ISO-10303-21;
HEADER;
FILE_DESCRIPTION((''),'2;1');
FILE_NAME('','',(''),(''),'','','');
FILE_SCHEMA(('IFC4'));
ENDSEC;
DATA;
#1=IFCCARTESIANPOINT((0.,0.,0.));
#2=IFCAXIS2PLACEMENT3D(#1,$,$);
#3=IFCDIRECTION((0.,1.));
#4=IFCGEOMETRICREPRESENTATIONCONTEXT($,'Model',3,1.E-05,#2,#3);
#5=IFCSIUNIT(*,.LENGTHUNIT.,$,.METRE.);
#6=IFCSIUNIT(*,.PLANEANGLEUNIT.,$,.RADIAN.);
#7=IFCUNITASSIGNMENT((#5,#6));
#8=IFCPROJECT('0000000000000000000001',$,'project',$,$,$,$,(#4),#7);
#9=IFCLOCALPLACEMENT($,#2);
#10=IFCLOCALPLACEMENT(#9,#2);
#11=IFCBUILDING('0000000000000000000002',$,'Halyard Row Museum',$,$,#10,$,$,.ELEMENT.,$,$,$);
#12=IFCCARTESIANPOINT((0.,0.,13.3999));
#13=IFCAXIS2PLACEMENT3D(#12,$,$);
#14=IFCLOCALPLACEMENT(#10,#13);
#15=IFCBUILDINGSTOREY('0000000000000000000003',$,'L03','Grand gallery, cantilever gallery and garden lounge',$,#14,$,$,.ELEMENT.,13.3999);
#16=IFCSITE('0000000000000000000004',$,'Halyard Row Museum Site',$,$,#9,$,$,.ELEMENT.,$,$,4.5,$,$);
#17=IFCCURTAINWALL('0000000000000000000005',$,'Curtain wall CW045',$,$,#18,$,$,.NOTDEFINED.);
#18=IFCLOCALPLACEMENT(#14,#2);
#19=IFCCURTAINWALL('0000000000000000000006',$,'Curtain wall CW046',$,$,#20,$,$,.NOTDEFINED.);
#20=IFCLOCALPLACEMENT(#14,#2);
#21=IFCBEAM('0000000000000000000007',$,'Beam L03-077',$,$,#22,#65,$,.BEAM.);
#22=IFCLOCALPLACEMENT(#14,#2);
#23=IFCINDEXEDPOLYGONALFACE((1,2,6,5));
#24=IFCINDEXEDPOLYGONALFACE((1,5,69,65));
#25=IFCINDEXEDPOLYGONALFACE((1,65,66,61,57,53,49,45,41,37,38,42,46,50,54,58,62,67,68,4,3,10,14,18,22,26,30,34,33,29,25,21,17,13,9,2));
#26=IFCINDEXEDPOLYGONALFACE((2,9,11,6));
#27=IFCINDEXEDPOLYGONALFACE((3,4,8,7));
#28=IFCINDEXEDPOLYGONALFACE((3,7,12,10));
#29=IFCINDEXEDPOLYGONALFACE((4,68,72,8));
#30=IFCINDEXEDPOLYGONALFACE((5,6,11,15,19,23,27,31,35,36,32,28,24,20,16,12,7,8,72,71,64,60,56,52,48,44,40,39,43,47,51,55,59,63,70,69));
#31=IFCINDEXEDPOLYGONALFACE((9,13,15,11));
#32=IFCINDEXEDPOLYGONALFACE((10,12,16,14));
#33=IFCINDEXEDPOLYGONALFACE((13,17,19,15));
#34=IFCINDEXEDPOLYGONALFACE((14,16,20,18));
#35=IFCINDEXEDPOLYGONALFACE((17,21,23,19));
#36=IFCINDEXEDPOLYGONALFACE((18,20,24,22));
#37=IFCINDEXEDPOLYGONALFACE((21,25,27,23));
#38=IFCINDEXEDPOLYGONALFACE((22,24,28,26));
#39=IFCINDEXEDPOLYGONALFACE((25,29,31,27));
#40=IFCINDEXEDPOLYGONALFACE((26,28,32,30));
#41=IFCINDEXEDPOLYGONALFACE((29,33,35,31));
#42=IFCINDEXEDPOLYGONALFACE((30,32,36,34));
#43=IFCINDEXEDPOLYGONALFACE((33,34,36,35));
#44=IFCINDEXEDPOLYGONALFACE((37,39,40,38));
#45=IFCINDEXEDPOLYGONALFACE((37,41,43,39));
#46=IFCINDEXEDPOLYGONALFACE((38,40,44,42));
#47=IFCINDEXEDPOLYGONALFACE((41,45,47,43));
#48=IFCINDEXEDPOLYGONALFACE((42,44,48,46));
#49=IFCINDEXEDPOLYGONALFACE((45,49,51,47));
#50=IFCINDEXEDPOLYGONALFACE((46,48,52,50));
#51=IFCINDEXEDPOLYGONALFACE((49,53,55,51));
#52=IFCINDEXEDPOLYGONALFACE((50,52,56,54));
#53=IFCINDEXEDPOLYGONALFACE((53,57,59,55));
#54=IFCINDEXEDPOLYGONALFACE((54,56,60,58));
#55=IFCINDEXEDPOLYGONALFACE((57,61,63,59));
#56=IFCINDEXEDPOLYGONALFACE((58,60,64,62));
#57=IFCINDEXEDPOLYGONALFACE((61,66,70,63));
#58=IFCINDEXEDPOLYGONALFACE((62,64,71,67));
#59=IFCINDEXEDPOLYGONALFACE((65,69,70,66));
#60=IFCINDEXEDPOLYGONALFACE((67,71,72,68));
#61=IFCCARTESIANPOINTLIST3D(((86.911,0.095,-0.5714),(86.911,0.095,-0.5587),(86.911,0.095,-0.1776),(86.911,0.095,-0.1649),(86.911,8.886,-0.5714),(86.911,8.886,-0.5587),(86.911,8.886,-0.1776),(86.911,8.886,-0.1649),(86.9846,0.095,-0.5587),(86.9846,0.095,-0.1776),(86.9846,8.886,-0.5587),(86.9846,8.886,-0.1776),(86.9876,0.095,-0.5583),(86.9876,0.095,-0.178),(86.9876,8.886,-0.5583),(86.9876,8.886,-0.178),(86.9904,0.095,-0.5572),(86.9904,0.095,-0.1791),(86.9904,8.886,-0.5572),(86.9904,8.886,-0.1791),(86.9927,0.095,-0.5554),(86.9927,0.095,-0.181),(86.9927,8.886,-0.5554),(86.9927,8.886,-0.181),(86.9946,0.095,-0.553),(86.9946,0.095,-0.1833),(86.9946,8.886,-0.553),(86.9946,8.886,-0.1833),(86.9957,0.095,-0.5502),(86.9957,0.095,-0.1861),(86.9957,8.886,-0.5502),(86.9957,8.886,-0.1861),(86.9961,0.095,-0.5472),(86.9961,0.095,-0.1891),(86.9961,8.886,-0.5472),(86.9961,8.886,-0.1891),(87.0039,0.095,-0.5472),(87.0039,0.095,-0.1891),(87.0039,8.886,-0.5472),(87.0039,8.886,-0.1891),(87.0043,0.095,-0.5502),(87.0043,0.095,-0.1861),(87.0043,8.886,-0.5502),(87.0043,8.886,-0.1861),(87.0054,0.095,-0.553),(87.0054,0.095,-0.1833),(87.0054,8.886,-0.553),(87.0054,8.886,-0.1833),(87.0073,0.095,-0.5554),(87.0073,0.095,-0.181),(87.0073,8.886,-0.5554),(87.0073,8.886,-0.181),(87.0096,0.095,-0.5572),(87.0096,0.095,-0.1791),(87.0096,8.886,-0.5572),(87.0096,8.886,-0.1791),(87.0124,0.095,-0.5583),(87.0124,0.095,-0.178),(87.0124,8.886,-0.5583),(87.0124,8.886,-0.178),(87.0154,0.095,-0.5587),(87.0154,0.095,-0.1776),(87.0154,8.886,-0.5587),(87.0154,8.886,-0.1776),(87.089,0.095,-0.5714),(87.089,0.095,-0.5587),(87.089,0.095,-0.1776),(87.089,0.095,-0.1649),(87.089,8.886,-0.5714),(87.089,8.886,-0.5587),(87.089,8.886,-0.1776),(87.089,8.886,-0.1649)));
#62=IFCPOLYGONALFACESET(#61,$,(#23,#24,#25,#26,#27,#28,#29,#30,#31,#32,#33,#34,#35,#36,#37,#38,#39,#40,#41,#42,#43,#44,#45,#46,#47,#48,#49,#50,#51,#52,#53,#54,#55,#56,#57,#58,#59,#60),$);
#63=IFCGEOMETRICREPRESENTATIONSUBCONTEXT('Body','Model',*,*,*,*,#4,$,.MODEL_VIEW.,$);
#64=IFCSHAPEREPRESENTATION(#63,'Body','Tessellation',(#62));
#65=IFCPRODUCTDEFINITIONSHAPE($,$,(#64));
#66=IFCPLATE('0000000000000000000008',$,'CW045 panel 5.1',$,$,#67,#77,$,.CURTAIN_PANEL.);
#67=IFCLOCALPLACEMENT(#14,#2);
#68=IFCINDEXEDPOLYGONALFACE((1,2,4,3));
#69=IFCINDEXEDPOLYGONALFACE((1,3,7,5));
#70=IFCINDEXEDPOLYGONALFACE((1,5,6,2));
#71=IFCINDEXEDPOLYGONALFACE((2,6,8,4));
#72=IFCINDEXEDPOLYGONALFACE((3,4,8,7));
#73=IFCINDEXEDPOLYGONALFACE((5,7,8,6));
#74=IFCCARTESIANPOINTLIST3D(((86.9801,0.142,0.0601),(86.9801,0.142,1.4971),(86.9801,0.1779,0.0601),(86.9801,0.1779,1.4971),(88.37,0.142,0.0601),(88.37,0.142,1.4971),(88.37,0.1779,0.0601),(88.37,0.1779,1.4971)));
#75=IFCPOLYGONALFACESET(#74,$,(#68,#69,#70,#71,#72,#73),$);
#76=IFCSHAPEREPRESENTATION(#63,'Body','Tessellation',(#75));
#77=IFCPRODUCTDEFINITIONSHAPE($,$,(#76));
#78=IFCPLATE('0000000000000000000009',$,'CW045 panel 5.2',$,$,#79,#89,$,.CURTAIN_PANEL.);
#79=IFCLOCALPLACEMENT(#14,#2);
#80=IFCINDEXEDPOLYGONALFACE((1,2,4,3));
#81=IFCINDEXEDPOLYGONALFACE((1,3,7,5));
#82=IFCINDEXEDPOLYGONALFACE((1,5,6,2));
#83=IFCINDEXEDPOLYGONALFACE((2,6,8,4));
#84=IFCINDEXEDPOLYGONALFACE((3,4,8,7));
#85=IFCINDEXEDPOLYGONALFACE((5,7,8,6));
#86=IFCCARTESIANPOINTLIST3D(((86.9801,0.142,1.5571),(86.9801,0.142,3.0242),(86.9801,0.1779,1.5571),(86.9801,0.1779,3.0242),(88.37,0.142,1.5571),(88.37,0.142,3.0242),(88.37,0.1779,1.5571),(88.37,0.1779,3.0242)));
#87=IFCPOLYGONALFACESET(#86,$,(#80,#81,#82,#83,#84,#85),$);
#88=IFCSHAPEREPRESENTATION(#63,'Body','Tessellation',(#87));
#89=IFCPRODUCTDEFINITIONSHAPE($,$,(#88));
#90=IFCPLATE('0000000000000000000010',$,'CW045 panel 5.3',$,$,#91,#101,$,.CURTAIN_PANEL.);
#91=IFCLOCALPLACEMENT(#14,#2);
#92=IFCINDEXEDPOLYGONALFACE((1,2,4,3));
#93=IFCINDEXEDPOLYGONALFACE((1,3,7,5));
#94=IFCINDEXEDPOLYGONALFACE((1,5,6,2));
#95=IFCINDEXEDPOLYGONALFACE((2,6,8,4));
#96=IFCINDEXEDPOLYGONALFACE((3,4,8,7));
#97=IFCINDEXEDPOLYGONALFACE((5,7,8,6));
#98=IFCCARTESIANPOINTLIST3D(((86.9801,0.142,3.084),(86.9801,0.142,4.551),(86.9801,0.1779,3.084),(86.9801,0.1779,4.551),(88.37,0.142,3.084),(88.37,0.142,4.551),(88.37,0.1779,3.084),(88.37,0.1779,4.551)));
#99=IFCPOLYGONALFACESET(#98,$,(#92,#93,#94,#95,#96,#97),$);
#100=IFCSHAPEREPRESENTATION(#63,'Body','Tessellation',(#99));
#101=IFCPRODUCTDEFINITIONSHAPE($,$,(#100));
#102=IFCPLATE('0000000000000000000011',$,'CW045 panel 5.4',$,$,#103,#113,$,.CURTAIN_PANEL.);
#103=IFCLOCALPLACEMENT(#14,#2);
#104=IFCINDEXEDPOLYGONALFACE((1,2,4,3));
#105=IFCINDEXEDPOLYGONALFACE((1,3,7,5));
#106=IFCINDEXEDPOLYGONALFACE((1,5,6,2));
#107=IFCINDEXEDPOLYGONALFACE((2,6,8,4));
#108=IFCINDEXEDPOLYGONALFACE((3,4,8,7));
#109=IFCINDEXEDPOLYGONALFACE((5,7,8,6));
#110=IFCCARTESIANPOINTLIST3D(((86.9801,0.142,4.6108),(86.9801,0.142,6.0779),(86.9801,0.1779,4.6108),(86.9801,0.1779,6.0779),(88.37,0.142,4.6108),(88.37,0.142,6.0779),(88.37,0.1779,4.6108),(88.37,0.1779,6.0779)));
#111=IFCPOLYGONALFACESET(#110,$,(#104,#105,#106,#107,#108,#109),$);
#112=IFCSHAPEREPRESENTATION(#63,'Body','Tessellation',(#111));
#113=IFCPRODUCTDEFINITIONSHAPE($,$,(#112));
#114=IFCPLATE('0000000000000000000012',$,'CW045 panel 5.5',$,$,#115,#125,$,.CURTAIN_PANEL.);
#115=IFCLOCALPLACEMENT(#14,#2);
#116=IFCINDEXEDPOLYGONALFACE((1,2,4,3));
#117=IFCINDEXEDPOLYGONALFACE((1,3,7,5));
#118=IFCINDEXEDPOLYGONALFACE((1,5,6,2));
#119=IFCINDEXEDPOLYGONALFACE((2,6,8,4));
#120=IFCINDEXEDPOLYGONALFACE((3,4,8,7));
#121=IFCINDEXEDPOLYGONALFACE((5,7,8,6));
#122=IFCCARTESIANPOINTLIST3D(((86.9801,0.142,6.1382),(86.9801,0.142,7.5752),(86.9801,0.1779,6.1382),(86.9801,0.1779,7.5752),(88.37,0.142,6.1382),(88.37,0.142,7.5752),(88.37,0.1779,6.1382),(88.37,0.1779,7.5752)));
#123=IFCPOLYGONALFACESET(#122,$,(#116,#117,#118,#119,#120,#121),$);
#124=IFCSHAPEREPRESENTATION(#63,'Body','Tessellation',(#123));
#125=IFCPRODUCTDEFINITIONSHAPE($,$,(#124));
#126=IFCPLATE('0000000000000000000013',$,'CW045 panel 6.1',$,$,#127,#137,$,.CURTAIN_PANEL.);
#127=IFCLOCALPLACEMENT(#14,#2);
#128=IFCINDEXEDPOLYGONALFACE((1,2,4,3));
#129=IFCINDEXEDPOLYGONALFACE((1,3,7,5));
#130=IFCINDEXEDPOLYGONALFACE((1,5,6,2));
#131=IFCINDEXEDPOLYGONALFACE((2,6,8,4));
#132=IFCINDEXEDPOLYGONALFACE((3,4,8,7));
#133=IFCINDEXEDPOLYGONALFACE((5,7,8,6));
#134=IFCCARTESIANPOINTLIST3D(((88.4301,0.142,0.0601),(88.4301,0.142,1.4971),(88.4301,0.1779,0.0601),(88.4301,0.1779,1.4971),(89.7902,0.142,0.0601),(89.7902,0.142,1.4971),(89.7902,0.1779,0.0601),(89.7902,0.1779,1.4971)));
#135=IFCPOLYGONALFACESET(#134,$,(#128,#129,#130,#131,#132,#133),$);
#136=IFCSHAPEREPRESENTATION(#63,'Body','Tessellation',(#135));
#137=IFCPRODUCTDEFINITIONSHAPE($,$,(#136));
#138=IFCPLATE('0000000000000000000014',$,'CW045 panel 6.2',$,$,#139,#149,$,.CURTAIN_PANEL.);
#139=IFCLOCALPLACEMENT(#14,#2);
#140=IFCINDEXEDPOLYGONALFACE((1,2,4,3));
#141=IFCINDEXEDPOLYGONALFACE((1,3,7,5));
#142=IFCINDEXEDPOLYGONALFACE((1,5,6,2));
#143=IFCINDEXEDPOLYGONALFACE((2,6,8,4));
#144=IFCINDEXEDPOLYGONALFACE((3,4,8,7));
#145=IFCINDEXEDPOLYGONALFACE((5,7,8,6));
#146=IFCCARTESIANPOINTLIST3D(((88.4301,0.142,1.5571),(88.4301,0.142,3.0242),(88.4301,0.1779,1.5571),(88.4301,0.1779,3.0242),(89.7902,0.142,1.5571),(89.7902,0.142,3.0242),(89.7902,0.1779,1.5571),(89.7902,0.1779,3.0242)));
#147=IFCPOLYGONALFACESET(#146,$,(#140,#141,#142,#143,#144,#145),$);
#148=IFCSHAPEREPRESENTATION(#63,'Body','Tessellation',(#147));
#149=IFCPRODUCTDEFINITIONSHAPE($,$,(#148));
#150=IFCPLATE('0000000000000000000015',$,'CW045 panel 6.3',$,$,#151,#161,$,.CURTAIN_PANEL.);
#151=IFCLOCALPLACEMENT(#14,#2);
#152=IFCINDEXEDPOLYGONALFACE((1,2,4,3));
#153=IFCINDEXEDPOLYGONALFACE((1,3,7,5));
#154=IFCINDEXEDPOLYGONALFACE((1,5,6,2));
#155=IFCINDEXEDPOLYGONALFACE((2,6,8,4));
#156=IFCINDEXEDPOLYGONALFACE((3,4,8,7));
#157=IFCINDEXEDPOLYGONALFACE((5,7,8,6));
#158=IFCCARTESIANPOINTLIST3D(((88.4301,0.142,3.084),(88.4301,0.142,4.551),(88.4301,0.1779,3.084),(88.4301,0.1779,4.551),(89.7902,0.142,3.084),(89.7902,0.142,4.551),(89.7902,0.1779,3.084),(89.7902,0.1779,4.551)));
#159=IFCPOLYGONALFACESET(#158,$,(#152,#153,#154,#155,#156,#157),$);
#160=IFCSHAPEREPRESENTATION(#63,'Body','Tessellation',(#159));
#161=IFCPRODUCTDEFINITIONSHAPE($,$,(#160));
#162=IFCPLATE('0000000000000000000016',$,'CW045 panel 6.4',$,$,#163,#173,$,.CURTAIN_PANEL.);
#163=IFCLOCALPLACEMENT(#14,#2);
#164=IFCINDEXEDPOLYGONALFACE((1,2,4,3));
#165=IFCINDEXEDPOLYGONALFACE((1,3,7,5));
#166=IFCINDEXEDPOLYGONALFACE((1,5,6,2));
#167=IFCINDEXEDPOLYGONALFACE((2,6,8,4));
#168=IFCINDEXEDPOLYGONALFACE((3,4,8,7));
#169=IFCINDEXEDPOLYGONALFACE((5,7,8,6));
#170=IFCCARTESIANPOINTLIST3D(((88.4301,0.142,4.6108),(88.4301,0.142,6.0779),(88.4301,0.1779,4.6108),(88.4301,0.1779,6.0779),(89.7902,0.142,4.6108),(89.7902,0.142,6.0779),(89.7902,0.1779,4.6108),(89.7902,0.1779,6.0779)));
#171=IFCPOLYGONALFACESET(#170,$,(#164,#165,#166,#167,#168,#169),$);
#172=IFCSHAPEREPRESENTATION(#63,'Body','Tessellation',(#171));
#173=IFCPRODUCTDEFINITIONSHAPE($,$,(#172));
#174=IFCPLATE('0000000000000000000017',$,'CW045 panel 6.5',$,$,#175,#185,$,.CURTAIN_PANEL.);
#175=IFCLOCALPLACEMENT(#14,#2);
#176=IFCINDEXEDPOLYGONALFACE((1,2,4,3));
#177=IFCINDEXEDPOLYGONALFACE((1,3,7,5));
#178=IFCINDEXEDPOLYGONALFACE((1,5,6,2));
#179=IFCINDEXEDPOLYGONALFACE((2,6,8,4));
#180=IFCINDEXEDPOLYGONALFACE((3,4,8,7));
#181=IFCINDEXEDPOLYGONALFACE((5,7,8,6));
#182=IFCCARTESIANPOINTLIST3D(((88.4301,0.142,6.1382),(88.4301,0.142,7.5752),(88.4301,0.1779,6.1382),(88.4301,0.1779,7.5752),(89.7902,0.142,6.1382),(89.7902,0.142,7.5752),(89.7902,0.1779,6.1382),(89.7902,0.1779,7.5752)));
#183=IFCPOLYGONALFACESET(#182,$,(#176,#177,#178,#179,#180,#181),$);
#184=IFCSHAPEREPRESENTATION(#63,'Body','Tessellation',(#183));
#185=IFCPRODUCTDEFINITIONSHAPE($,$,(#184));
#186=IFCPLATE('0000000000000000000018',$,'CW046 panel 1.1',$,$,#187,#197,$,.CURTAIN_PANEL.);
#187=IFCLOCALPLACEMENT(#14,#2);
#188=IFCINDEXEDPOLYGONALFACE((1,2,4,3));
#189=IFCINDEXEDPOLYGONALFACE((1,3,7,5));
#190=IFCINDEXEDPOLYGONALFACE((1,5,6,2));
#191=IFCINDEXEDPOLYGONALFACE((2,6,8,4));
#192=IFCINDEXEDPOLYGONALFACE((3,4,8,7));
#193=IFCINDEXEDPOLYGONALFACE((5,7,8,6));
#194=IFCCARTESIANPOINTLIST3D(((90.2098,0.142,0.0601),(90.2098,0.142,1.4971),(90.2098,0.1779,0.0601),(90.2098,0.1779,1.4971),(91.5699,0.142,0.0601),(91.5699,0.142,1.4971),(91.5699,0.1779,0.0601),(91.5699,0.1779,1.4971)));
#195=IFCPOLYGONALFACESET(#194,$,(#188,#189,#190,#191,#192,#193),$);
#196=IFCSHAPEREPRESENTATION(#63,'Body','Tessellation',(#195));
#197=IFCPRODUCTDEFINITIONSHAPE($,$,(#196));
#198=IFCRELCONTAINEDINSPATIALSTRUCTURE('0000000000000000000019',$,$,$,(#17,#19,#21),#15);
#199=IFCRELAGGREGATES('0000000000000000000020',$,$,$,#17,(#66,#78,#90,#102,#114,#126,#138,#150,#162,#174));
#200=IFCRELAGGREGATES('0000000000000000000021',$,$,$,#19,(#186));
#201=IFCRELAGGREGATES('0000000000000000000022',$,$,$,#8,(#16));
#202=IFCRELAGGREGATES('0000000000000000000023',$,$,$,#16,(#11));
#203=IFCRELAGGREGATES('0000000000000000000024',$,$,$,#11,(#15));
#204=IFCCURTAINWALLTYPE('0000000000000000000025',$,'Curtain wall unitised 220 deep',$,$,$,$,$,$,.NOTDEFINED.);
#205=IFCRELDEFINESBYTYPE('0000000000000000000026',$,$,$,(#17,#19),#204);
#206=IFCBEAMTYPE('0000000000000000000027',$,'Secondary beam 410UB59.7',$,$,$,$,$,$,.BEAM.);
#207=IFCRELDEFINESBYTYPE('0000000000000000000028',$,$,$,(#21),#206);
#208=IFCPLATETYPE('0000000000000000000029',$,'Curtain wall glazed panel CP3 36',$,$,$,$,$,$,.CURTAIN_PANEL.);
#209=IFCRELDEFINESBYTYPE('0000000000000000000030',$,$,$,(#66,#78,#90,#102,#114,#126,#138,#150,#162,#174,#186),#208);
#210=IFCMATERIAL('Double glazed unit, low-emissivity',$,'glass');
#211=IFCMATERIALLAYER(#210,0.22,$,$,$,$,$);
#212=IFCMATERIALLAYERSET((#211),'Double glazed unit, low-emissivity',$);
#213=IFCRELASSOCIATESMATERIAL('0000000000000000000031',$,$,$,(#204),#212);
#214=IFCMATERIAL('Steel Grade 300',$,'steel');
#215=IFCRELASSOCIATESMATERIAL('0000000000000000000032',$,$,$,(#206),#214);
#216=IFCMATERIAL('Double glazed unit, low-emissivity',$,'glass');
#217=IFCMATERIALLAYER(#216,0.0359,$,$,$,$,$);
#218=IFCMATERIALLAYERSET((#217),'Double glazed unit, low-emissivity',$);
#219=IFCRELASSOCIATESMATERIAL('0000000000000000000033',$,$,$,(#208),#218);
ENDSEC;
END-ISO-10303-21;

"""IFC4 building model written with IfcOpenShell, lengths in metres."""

from ifc_helpers import new_model, si_unit, direction, frame, origin, origin_2d, place, context, subcontext, project, spatial, rectangle, i_section, extrude, material, layer, layer_set, material_profile, profile_set, type_object, element, aggregate, save


model = new_model("IFC4")

# Units and contexts
model_context = context("Model", 3, precision=1e-05, world=origin(), true_north=direction((0.0, 1.0)))
body_context = subcontext(model_context, "Body", "Model", "MODEL_VIEW")
ifc_project = project(units=[si_unit("LENGTHUNIT", "METRE"), si_unit("PLANEANGLEUNIT", "RADIAN")], contexts=[model_context])

# Site, building, storey
site_placement = place(None, origin())
site = spatial("IfcSite", under=ifc_project, at=site_placement, Name="Halyard Row Museum Site", CompositionType="ELEMENT", RefElevation=4.5)
building_placement = place(site_placement, origin())
building = spatial("IfcBuilding", under=site, at=building_placement, Name="Halyard Row Museum", CompositionType="ELEMENT")
storey_placement = place(building_placement, frame((0.0, 0.0, 13.3999)))
storey = spatial("IfcBuildingStorey", under=building, at=storey_placement, Name="L03", Description="Grand gallery, cantilever gallery and garden lounge", CompositionType="ELEMENT", Elevation=13.3999)

# Curtain wall
ifc_material_1 = material(Name="Double glazed unit, low-emissivity", Category="glass")
ifc_layer_1 = layer(ifc_material_1, 0.22)
ifc_layer_set_1 = layer_set([ifc_layer_1], Name="Double glazed unit, low-emissivity")
curtain_wall_type = type_object("IfcCurtainWallType", Name="Curtain wall unitised 220 deep", PredefinedType="NOTDEFINED", material=ifc_layer_set_1)
curtain_wall_1_placement = place(storey_placement, origin())
curtain_wall_1 = element("IfcCurtainWall", 1, at=curtain_wall_1_placement, inside=storey, type_object=curtain_wall_type, Name="Curtain wall CW045", PredefinedType="NOTDEFINED")

# Curtain wall
curtain_wall_2_placement = place(storey_placement, origin())
curtain_wall_2 = element("IfcCurtainWall", 2, at=curtain_wall_2_placement, inside=storey, type_object=curtain_wall_type, Name="Curtain wall CW046", PredefinedType="NOTDEFINED")

# Beam
ifc_material_2 = material(Name="Steel Grade 300", Category="steel")
ifc_material_profile_1 = material_profile(ifc_material_2, i_section(OverallWidth=0.178, OverallDepth=0.4065, WebThickness=0.0078, FlangeThickness=0.0127, FilletRadius=0.0115, at=origin_2d()), Name="410UB59.7")
ifc_profile_set_1 = profile_set([ifc_material_profile_1], Name="Steel Grade 300")
beam_type_1 = type_object("IfcBeamType", Name="Secondary beam 410UB59.7", PredefinedType="BEAM", material=ifc_profile_set_1)
beam_1_placement = place(storey_placement, frame((87.0, 0.095, -0.3682), z_axis=(0.0, 1.0, 0.0), x_axis=(-1.0, 0.0, 0.0)))
element("IfcBeam", 3, at=beam_1_placement, inside=storey, type_object=beam_type_1, Name="Beam L03-077", PredefinedType="BEAM", context=body_context, shape_type="SweptSolid", body=[
    extrude(i_section(OverallWidth=0.178, OverallDepth=0.4065, WebThickness=0.0078, FlangeThickness=0.0127, FilletRadius=0.0115, at=origin_2d()), origin(), (0.0, 0.0, 1.0), 8.791),
])

# Plates
ifc_material_3 = material(Name="Double glazed unit, low-emissivity", Category="glass")
ifc_layer_2 = layer(ifc_material_3, 0.0359)
ifc_layer_set_2 = layer_set([ifc_layer_2], Name="Double glazed unit, low-emissivity")
plate_type = type_object("IfcPlateType", Name="Curtain wall glazed panel CP3 36", PredefinedType="CURTAIN_PANEL", material=ifc_layer_set_2)
plate_1_placement = place(storey_placement, frame((87.675, 0.1599, 0.0601), z_axis=(0.0, 0.0, 1.0), x_axis=(1.0, 0.0, 0.0)))
plate_1 = element("IfcPlate", 4, at=plate_1_placement, type_object=plate_type, Name="CW045 panel 5.1", PredefinedType="CURTAIN_PANEL", context=body_context, shape_type="SweptSolid", body=[
    extrude(rectangle(XDim=1.3899, YDim=0.0359, at=origin_2d()), origin(), (0.0, 0.0, 1.0), 1.437),
])
plate_2_placement = place(storey_placement, frame((87.675, 0.1599, 1.5571), z_axis=(0.0, 0.0, 1.0), x_axis=(1.0, 0.0, 0.0)))
plate_2 = element("IfcPlate", 5, at=plate_2_placement, type_object=plate_type, Name="CW045 panel 5.2", PredefinedType="CURTAIN_PANEL", context=body_context, shape_type="SweptSolid", body=[
    extrude(rectangle(XDim=1.3899, YDim=0.0359, at=origin_2d()), origin(), (0.0, 0.0, 1.0), 1.467),
])
plate_3_placement = place(storey_placement, frame((87.675, 0.1599, 3.084), z_axis=(0.0, 0.0, 1.0), x_axis=(1.0, 0.0, 0.0)))
plate_3 = element("IfcPlate", 6, at=plate_3_placement, type_object=plate_type, Name="CW045 panel 5.3", PredefinedType="CURTAIN_PANEL", context=body_context, shape_type="SweptSolid", body=[
    extrude(rectangle(XDim=1.3899, YDim=0.0359, at=origin_2d()), origin(), (0.0, 0.0, 1.0), 1.467),
])
plate_4_placement = place(storey_placement, frame((87.675, 0.1599, 4.6108), z_axis=(0.0, 0.0, 1.0), x_axis=(1.0, 0.0, 0.0)))
plate_4 = element("IfcPlate", 7, at=plate_4_placement, type_object=plate_type, Name="CW045 panel 5.4", PredefinedType="CURTAIN_PANEL", context=body_context, shape_type="SweptSolid", body=[
    extrude(rectangle(XDim=1.3899, YDim=0.0359, at=origin_2d()), origin(), (0.0, 0.0, 1.0), 1.467),
])
plate_5_placement = place(storey_placement, frame((87.675, 0.1599, 6.1382), z_axis=(0.0, 0.0, 1.0), x_axis=(1.0, 0.0, 0.0)))
plate_5 = element("IfcPlate", 8, at=plate_5_placement, type_object=plate_type, Name="CW045 panel 5.5", PredefinedType="CURTAIN_PANEL", context=body_context, shape_type="SweptSolid", body=[
    extrude(rectangle(XDim=1.3899, YDim=0.0359, at=origin_2d()), origin(), (0.0, 0.0, 1.0), 1.437),
])
plate_6_placement = place(storey_placement, frame((89.1101, 0.1599, 0.0601), z_axis=(0.0, 0.0, 1.0), x_axis=(1.0, 0.0, 0.0)))
plate_6 = element("IfcPlate", 9, at=plate_6_placement, type_object=plate_type, Name="CW045 panel 6.1", PredefinedType="CURTAIN_PANEL", context=body_context, shape_type="SweptSolid", body=[
    extrude(rectangle(XDim=1.3601, YDim=0.0359, at=origin_2d()), origin(), (0.0, 0.0, 1.0), 1.437),
])
plate_7_placement = place(storey_placement, frame((89.1101, 0.1599, 1.5571), z_axis=(0.0, 0.0, 1.0), x_axis=(1.0, 0.0, 0.0)))
plate_7 = element("IfcPlate", 10, at=plate_7_placement, type_object=plate_type, Name="CW045 panel 6.2", PredefinedType="CURTAIN_PANEL", context=body_context, shape_type="SweptSolid", body=[
    extrude(rectangle(XDim=1.3601, YDim=0.0359, at=origin_2d()), origin(), (0.0, 0.0, 1.0), 1.467),
])
plate_8_placement = place(storey_placement, frame((89.1101, 0.1599, 3.084), z_axis=(0.0, 0.0, 1.0), x_axis=(1.0, 0.0, 0.0)))
plate_8 = element("IfcPlate", 11, at=plate_8_placement, type_object=plate_type, Name="CW045 panel 6.3", PredefinedType="CURTAIN_PANEL", context=body_context, shape_type="SweptSolid", body=[
    extrude(rectangle(XDim=1.3601, YDim=0.0359, at=origin_2d()), origin(), (0.0, 0.0, 1.0), 1.467),
])
plate_9_placement = place(storey_placement, frame((89.1101, 0.1599, 4.6108), z_axis=(0.0, 0.0, 1.0), x_axis=(1.0, 0.0, 0.0)))
plate_9 = element("IfcPlate", 12, at=plate_9_placement, type_object=plate_type, Name="CW045 panel 6.4", PredefinedType="CURTAIN_PANEL", context=body_context, shape_type="SweptSolid", body=[
    extrude(rectangle(XDim=1.3601, YDim=0.0359, at=origin_2d()), origin(), (0.0, 0.0, 1.0), 1.467),
])
plate_10_placement = place(storey_placement, frame((89.1101, 0.1599, 6.1382), z_axis=(0.0, 0.0, 1.0), x_axis=(1.0, 0.0, 0.0)))
plate_10 = element("IfcPlate", 13, at=plate_10_placement, type_object=plate_type, Name="CW045 panel 6.5", PredefinedType="CURTAIN_PANEL", context=body_context, shape_type="SweptSolid", body=[
    extrude(rectangle(XDim=1.3601, YDim=0.0359, at=origin_2d()), origin(), (0.0, 0.0, 1.0), 1.437),
])
aggregate(curtain_wall_1, [plate_1, plate_2, plate_3, plate_4, plate_5, plate_6, plate_7, plate_8, plate_9, plate_10])
plate_11_placement = place(storey_placement, frame((90.8899, 0.1599, 0.0601), z_axis=(0.0, 0.0, 1.0), x_axis=(1.0, 0.0, 0.0)))
plate_11 = element("IfcPlate", 14, at=plate_11_placement, type_object=plate_type, Name="CW046 panel 1.1", PredefinedType="CURTAIN_PANEL", context=body_context, shape_type="SweptSolid", body=[
    extrude(rectangle(XDim=1.3601, YDim=0.0359, at=origin_2d()), origin(), (0.0, 0.0, 1.0), 1.437),
])
aggregate(curtain_wall_2, [plate_11])

save(model, "model.ifc")
